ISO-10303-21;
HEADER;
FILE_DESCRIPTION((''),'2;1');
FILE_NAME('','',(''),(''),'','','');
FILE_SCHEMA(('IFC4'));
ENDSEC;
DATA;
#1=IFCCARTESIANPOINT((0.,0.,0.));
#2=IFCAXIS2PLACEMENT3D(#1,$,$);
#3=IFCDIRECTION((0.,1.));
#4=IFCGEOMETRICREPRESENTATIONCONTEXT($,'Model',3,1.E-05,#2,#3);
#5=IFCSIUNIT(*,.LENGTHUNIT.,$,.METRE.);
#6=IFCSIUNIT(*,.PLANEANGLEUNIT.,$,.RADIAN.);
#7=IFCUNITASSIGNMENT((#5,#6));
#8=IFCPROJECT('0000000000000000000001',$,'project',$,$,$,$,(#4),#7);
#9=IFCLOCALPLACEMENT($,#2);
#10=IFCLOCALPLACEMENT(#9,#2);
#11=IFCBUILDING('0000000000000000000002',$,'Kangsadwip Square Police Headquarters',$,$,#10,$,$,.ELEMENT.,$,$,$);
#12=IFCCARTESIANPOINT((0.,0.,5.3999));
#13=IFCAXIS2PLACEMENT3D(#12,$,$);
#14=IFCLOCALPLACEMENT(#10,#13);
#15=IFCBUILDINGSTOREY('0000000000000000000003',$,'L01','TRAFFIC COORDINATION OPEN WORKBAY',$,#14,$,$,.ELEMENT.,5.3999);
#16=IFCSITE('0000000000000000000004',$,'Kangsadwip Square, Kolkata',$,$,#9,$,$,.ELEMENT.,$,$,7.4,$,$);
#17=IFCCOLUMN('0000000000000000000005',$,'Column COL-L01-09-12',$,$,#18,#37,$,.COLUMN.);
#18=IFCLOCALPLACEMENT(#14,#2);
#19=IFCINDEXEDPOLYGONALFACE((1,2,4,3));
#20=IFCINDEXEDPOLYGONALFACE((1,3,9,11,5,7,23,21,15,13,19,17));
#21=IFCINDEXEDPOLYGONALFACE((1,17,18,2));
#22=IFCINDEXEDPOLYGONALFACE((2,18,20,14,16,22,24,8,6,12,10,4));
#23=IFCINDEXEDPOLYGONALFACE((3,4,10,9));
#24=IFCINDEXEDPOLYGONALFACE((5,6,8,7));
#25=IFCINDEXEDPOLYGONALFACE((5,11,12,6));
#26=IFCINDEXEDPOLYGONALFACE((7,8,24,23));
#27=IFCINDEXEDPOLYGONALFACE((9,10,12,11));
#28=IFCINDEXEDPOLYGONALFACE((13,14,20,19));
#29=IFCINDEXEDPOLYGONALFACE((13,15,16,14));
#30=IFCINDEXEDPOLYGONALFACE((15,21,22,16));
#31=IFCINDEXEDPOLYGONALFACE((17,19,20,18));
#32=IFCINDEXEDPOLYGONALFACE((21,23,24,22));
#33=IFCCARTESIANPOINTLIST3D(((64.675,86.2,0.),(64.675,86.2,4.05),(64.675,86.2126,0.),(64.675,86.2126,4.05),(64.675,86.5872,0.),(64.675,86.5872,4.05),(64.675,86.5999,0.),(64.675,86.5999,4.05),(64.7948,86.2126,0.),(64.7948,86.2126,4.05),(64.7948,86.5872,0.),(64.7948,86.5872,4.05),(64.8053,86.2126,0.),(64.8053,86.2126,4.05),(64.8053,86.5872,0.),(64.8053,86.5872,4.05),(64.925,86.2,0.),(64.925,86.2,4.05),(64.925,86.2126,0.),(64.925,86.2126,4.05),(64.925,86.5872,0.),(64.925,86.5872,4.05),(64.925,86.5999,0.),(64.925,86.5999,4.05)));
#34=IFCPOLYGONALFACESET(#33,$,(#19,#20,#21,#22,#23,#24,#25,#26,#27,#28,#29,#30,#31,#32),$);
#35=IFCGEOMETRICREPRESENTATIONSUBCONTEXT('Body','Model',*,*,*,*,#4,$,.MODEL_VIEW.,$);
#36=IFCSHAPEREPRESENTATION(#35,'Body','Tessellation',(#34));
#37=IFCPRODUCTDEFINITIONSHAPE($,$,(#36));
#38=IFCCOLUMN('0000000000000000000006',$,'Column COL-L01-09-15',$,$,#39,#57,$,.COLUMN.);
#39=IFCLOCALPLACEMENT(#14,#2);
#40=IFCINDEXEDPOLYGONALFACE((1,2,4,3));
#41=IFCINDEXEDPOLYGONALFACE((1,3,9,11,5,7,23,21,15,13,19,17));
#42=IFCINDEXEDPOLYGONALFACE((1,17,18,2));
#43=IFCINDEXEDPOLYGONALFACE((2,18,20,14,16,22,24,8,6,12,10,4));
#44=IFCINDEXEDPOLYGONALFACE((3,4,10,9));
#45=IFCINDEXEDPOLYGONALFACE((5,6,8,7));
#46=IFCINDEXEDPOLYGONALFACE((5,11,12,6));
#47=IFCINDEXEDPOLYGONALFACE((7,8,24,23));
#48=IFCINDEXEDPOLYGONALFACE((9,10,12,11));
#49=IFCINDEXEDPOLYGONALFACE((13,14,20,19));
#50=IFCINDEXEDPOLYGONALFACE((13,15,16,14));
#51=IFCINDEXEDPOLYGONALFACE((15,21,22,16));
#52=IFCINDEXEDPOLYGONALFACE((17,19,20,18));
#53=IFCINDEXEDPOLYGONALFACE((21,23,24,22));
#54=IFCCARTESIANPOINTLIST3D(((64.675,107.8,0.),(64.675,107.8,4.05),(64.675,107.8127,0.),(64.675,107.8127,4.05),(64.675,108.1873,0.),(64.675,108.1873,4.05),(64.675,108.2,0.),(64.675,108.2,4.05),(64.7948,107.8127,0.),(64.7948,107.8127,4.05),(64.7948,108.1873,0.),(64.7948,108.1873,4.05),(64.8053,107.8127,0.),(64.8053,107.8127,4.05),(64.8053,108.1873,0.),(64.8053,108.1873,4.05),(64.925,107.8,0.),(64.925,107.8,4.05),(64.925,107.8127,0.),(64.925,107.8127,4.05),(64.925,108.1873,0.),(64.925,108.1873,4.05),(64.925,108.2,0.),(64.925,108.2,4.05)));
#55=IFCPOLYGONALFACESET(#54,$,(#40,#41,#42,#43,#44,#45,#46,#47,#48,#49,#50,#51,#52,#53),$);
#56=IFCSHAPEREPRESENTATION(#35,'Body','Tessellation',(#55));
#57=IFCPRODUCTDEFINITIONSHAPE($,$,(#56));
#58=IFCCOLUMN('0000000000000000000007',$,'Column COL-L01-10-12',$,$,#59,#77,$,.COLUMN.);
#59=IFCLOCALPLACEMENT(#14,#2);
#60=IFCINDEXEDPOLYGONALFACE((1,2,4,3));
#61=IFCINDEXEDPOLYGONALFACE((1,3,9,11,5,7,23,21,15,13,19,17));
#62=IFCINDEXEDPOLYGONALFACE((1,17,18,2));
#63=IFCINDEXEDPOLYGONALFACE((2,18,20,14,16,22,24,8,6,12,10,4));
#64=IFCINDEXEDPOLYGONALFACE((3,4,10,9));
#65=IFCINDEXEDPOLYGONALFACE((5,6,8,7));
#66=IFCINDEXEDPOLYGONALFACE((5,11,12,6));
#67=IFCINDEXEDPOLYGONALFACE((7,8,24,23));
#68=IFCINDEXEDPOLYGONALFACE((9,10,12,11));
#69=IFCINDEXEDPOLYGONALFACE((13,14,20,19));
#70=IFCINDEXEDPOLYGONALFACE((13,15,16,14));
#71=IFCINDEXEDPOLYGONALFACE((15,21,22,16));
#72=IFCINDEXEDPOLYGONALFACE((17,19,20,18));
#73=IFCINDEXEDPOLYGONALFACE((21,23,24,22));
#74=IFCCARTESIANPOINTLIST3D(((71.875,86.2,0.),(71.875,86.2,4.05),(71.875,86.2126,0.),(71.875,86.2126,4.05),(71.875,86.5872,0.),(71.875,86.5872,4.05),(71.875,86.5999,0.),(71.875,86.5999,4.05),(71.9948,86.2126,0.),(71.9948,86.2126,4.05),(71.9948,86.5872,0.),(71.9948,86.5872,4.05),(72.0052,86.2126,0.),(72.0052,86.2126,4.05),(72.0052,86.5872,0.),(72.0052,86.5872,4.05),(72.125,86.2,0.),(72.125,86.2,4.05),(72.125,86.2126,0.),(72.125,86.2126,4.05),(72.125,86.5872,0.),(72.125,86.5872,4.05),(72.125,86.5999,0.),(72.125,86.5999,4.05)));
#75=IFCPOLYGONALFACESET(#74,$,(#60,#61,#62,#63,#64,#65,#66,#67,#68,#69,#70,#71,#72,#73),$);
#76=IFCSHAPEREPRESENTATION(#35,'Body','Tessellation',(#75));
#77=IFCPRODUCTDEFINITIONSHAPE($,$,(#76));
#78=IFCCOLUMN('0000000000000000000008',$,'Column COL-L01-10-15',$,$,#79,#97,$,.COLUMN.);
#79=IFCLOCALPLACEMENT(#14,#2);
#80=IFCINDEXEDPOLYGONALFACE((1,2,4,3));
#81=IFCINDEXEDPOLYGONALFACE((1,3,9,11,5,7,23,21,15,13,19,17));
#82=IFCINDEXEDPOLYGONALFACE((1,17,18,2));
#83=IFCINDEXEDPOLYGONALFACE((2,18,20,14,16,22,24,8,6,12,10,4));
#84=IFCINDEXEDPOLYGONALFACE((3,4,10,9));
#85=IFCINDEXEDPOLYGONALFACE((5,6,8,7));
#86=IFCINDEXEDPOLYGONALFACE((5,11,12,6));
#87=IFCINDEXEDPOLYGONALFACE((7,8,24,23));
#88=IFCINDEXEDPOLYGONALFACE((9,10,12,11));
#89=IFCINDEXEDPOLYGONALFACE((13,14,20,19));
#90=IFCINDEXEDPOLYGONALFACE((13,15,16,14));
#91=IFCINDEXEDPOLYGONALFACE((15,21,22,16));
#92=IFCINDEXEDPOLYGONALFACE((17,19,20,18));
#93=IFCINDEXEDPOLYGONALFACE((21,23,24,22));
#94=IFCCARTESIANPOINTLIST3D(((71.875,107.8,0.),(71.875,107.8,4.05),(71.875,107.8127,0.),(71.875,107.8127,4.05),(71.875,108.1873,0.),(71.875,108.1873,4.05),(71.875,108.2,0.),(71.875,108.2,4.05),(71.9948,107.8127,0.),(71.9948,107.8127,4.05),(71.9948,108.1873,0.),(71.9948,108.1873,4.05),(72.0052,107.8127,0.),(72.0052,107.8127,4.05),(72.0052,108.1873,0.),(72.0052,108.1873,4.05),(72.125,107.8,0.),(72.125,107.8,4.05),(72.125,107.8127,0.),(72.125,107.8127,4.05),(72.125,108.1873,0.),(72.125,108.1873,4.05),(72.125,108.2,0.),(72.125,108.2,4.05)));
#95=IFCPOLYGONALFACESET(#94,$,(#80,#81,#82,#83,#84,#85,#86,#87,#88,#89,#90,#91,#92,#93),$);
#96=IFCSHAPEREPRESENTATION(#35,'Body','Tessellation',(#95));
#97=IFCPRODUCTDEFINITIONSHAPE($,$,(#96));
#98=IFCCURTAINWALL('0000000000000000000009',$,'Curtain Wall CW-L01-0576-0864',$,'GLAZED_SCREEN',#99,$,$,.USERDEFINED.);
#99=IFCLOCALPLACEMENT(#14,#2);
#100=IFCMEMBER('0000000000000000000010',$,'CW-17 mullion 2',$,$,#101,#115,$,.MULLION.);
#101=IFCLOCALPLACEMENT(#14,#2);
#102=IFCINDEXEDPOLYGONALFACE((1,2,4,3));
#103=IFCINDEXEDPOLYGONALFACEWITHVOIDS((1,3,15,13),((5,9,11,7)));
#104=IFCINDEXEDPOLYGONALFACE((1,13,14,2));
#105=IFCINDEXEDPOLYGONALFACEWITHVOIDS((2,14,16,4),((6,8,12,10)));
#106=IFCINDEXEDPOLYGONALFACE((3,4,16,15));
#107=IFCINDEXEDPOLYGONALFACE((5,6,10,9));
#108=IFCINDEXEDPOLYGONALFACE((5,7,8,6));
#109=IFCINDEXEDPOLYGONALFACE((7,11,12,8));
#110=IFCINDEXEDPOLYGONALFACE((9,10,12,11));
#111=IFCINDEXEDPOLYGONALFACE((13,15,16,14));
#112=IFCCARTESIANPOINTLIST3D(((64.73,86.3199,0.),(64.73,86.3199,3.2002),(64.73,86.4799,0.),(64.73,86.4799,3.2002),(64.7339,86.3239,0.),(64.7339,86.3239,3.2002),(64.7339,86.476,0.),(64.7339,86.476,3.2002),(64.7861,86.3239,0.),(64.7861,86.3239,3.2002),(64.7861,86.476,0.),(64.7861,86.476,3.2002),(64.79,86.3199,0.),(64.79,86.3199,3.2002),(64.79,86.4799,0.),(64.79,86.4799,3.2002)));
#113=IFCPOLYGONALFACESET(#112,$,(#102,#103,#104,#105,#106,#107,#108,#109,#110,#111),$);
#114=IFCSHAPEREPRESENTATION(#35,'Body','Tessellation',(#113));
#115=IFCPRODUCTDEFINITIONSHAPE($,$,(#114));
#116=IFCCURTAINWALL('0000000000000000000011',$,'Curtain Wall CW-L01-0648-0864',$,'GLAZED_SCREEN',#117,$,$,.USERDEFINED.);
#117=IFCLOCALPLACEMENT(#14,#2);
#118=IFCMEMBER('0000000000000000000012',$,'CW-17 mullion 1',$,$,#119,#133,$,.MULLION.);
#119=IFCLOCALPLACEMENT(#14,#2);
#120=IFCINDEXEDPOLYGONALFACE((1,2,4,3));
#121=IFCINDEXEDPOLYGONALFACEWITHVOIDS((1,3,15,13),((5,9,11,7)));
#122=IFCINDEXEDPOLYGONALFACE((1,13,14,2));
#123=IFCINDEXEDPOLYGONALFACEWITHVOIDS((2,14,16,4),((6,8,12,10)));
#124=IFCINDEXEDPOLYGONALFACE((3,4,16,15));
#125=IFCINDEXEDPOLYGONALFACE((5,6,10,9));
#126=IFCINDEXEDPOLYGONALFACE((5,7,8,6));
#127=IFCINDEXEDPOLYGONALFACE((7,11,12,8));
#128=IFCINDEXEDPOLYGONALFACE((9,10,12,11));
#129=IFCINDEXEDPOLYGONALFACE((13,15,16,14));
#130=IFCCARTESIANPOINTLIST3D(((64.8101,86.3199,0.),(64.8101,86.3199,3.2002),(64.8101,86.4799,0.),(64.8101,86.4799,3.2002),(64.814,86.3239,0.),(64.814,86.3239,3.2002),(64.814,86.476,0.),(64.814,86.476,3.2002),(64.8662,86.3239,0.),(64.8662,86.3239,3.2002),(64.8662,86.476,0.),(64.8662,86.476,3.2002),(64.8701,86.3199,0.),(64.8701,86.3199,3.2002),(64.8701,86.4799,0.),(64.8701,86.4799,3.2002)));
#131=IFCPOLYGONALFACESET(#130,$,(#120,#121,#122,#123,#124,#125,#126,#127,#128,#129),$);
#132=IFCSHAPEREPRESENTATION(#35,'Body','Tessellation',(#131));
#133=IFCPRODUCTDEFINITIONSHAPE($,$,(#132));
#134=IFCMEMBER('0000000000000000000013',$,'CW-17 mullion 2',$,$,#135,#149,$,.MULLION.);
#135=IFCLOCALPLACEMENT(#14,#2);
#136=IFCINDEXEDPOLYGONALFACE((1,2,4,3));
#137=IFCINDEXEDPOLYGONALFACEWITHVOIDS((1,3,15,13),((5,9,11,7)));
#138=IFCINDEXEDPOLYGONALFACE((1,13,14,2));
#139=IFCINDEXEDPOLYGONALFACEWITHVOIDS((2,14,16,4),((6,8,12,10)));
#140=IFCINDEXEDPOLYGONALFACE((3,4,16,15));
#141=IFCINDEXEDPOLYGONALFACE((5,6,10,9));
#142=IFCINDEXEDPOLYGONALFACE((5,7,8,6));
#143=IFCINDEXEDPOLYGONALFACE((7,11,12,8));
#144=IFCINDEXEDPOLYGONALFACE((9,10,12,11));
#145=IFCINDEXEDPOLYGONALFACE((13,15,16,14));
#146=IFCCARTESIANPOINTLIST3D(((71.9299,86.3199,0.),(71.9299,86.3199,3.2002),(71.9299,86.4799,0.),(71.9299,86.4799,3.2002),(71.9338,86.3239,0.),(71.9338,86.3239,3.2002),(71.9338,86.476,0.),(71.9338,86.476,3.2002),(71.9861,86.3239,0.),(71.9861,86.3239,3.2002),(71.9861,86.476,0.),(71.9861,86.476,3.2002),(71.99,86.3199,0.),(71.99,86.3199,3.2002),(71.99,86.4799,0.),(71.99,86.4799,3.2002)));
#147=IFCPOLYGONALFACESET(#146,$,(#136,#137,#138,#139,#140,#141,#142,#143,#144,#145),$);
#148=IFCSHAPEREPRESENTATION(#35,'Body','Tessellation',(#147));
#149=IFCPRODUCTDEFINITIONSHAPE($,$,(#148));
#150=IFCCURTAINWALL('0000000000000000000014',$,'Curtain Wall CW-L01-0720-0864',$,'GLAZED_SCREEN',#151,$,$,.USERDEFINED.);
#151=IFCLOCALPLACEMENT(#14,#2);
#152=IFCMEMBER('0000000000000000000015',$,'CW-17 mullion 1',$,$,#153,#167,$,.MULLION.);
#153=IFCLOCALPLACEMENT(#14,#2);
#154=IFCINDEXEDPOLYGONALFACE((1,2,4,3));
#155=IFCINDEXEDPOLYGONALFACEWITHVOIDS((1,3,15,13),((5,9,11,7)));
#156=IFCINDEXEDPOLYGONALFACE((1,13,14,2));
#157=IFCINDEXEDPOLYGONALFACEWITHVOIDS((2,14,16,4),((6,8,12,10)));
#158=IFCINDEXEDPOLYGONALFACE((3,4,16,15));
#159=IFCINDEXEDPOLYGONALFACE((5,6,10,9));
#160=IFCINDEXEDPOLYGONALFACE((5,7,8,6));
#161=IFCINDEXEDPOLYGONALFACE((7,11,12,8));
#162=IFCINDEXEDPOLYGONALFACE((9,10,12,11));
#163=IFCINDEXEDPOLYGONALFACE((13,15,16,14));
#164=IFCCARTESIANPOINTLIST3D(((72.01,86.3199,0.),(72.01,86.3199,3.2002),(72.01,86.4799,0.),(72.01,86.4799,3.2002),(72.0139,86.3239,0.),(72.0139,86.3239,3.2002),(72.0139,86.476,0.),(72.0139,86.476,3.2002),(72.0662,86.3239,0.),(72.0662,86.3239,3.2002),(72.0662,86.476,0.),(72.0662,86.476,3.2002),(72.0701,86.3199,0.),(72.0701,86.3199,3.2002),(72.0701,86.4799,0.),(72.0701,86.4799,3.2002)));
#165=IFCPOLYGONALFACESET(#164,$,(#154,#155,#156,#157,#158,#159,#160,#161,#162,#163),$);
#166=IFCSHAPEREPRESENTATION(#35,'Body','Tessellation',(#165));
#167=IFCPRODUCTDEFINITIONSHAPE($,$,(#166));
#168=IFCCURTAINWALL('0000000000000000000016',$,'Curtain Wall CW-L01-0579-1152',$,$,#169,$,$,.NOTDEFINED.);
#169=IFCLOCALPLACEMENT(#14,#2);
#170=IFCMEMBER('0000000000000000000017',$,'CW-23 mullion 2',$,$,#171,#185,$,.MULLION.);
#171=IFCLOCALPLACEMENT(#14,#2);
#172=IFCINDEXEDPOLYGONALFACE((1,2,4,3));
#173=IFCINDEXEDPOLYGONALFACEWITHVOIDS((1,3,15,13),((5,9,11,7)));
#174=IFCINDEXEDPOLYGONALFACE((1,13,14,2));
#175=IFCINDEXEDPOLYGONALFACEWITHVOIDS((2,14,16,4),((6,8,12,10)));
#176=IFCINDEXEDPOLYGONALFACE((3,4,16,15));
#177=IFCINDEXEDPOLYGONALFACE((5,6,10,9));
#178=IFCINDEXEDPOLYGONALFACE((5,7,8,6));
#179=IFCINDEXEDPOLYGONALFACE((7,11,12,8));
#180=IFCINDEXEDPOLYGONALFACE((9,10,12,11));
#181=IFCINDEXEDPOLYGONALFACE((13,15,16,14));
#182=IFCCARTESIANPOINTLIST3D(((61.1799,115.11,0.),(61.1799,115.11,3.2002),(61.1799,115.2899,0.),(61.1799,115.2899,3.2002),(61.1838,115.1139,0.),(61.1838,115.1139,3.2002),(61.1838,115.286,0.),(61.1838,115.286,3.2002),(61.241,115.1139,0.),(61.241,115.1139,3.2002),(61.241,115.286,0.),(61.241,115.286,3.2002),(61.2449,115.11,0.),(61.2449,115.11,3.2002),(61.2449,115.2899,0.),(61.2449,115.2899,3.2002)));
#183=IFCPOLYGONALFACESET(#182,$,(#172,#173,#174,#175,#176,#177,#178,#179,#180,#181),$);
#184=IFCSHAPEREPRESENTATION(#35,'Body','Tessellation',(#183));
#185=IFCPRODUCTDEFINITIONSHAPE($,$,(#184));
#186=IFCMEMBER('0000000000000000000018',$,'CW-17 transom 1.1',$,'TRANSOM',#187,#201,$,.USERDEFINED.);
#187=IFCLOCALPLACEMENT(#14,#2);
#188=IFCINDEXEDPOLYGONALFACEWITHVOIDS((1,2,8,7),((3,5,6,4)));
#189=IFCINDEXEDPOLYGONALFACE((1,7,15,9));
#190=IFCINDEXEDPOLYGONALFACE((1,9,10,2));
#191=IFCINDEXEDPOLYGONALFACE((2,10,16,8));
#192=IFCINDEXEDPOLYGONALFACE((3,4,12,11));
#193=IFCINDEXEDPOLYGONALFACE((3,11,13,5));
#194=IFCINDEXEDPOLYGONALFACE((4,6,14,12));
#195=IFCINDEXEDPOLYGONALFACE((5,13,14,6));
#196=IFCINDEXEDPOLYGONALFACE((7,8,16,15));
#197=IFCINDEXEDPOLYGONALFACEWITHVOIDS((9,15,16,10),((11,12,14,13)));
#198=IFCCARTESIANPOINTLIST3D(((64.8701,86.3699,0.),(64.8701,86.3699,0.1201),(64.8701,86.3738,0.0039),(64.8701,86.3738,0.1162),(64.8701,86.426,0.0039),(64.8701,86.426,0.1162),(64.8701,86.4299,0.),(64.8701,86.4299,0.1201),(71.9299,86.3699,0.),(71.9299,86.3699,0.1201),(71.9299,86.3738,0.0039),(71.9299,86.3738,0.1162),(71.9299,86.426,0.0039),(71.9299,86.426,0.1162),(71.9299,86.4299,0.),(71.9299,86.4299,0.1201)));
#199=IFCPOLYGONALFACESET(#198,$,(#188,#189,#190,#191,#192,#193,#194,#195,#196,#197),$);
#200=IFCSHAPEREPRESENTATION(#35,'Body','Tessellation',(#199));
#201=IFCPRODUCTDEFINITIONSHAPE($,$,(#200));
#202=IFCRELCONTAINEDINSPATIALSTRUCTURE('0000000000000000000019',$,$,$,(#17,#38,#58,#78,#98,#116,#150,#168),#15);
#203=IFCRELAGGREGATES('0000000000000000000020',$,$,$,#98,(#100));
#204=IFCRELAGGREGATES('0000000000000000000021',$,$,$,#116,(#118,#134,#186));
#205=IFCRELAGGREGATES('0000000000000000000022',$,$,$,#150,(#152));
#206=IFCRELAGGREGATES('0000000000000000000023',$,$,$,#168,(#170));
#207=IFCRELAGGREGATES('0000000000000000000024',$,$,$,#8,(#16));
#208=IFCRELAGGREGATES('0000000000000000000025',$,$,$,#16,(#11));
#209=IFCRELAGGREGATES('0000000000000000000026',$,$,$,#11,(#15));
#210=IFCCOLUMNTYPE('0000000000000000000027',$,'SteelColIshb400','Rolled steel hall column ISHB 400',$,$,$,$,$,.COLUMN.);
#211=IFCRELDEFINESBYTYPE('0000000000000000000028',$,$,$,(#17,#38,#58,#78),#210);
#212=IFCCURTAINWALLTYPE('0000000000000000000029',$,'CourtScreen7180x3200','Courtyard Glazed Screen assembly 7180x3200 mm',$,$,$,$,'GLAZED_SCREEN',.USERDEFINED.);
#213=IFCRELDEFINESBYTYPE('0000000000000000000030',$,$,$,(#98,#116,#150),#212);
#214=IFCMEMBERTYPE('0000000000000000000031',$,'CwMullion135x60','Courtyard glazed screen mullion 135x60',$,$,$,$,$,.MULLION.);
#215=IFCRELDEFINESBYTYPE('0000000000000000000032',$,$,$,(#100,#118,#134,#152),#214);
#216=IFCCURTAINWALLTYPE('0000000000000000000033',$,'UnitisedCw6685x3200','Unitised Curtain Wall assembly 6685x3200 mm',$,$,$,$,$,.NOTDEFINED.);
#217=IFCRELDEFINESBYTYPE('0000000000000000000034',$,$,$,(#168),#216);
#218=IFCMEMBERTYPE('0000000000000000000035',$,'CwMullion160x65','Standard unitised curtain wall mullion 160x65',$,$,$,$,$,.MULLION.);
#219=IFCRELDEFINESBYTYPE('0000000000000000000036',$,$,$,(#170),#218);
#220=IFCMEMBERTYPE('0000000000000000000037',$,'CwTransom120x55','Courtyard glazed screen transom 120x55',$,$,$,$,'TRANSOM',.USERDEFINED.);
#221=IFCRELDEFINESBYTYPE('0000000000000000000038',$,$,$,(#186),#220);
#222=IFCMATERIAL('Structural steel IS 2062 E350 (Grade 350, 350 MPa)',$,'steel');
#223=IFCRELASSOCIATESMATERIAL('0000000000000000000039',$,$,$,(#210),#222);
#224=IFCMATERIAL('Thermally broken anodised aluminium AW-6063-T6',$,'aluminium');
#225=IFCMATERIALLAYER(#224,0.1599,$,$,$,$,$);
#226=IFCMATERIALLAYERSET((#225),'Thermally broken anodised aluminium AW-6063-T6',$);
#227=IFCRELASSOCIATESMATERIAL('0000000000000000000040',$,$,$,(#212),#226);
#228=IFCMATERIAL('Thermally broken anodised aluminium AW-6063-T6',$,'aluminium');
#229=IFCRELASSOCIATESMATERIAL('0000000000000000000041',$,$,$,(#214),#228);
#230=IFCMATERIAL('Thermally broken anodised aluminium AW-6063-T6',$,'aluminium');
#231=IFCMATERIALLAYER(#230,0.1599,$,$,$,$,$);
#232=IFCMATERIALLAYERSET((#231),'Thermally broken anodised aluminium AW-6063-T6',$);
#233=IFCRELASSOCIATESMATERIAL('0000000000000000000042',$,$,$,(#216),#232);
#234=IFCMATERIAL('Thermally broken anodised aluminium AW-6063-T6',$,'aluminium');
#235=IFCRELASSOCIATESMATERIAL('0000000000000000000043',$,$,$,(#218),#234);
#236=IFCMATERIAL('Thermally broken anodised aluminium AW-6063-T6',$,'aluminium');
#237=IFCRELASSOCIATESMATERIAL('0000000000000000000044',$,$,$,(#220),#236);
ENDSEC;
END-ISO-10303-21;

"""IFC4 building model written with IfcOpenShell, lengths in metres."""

from ifc_helpers import new_model, si_unit, direction, frame, origin, origin_2d, place, context, subcontext, project, spatial, hollow_rectangle, i_section, extrude, material, layer, layer_set, material_profile, profile_set, type_object, element, aggregate, save


model = new_model("IFC4")

# Units and contexts
model_context = context("Model", 3, precision=1e-05, world=origin(), true_north=direction((0.0, 1.0)))
body_context = subcontext(model_context, "Body", "Model", "MODEL_VIEW")
ifc_project = project(units=[si_unit("LENGTHUNIT", "METRE"), si_unit("PLANEANGLEUNIT", "RADIAN")], contexts=[model_context])

# Site, building, storey
site_placement = place(None, origin())
site = spatial("IfcSite", under=ifc_project, at=site_placement, Name="Kangsadwip Square, Kolkata", CompositionType="ELEMENT", RefElevation=7.4)
building_placement = place(site_placement, origin())
building = spatial("IfcBuilding", under=site, at=building_placement, Name="Kangsadwip Square Police Headquarters", CompositionType="ELEMENT")
storey_placement = place(building_placement, frame((0.0, 0.0, 5.3999)))
storey = spatial("IfcBuildingStorey", under=building, at=storey_placement, Name="L01", Description="TRAFFIC COORDINATION OPEN WORKBAY", CompositionType="ELEMENT", Elevation=5.3999)

# Columns
ifc_material_1 = material(Name="Structural steel IS 2062 E350 (Grade 350, 350 MPa)", Category="steel")
ifc_material_profile_1 = material_profile(ifc_material_1, i_section(OverallWidth=0.25, OverallDepth=0.3999, WebThickness=0.0105, FlangeThickness=0.0127, at=origin_2d()), Name="ISHB 400")
ifc_profile_set_1 = profile_set([ifc_material_profile_1], Name="Structural steel IS 2062 E350 (Grade 350, 350 MPa)")
column_type = type_object("IfcColumnType", Name="SteelColIshb400", Description="Rolled steel hall column ISHB 400", PredefinedType="COLUMN", material=ifc_profile_set_1)
for number, where, z_axis, x_axis, name in (
    (1, (64.8, 86.3999, 0.0), (0.0, 0.0, 1.0), (1.0, 0.0, 0.0), "Column COL-L01-09-12"),
    (2, (64.8, 108.0, 0.0), (0.0, 0.0, 1.0), (1.0, 0.0, 0.0), "Column COL-L01-09-15"),
    (3, (72.0, 86.3999, 0.0), (0.0, 0.0, 1.0), (1.0, 0.0, 0.0), "Column COL-L01-10-12"),
    (4, (72.0, 108.0, 0.0), (0.0, 0.0, 1.0), (1.0, 0.0, 0.0), "Column COL-L01-10-15"),
):
    element("IfcColumn", number, at=place(storey_placement, frame(where, z_axis=z_axis, x_axis=x_axis)), inside=storey, type_object=column_type, Name=name, PredefinedType="COLUMN", context=body_context, shape_type="SweptSolid", body=[
        extrude(i_section(OverallWidth=0.25, OverallDepth=0.3999, WebThickness=0.0105, FlangeThickness=0.0127, at=origin_2d()), origin(), (0.0, 0.0, 1.0), 4.05),
    ])

# Curtain wall, member
ifc_material_2 = material(Name="Thermally broken anodised aluminium AW-6063-T6", Category="aluminium")
ifc_layer_1 = layer(ifc_material_2, 0.1599)
ifc_layer_set_1 = layer_set([ifc_layer_1], Name="Thermally broken anodised aluminium AW-6063-T6")
curtain_wall_type_1 = type_object("IfcCurtainWallType", Name="CourtScreen7180x3200", Description="Courtyard Glazed Screen assembly 7180x3200 mm", ElementType="GLAZED_SCREEN", PredefinedType="USERDEFINED", material=ifc_layer_set_1)
curtain_wall_1_placement = place(storey_placement, origin())
curtain_wall_1 = element("IfcCurtainWall", 5, at=curtain_wall_1_placement, inside=storey, type_object=curtain_wall_type_1, Name="Curtain Wall CW-L01-0576-0864", ObjectType="GLAZED_SCREEN", PredefinedType="USERDEFINED")
ifc_material_3 = material(Name="Thermally broken anodised aluminium AW-6063-T6", Category="aluminium")
ifc_material_profile_2 = material_profile(ifc_material_3, hollow_rectangle(XDim=0.0601, YDim=0.1599, WallThickness=0.0039, at=origin_2d()), Name="CWM 160X60X4")
ifc_profile_set_2 = profile_set([ifc_material_profile_2], Name="Thermally broken anodised aluminium AW-6063-T6")
member_type_1 = type_object("IfcMemberType", Name="CwMullion135x60", Description="Courtyard glazed screen mullion 135x60", PredefinedType="MULLION", material=ifc_profile_set_2)
member_1_placement = place(storey_placement, frame((64.76, 86.3999, 0.0), z_axis=(0.0, 0.0, 1.0), x_axis=(1.0, 0.0, 0.0)))
member_1 = element("IfcMember", 6, at=member_1_placement, type_object=member_type_1, Name="CW-17 mullion 2", PredefinedType="MULLION", context=body_context, shape_type="SweptSolid", body=[
    extrude(hollow_rectangle(XDim=0.0601, YDim=0.1599, WallThickness=0.0039, at=origin_2d()), origin(), (0.0, 0.0, 1.0), 3.2002),
])
aggregate(curtain_wall_1, [member_1])

# Curtain wall, members
curtain_wall_2_placement = place(storey_placement, origin())
curtain_wall_2 = element("IfcCurtainWall", 7, at=curtain_wall_2_placement, inside=storey, type_object=curtain_wall_type_1, Name="Curtain Wall CW-L01-0648-0864", ObjectType="GLAZED_SCREEN", PredefinedType="USERDEFINED")
member_2_placement = place(storey_placement, frame((64.8401, 86.3999, 0.0), z_axis=(0.0, 0.0, 1.0), x_axis=(1.0, 0.0, 0.0)))
member_2 = element("IfcMember", 8, at=member_2_placement, type_object=member_type_1, Name="CW-17 mullion 1", PredefinedType="MULLION", context=body_context, shape_type="SweptSolid", body=[
    extrude(hollow_rectangle(XDim=0.0601, YDim=0.1599, WallThickness=0.0039, at=origin_2d()), origin(), (0.0, 0.0, 1.0), 3.2002),
])
member_3_placement = place(storey_placement, frame((71.96, 86.3999, 0.0), z_axis=(0.0, 0.0, 1.0), x_axis=(1.0, 0.0, 0.0)))
member_3 = element("IfcMember", 9, at=member_3_placement, type_object=member_type_1, Name="CW-17 mullion 2", PredefinedType="MULLION", context=body_context, shape_type="SweptSolid", body=[
    extrude(hollow_rectangle(XDim=0.0601, YDim=0.1599, WallThickness=0.0039, at=origin_2d()), origin(), (0.0, 0.0, 1.0), 3.2002),
])

# Curtain walls, members
curtain_wall_3_placement = place(storey_placement, origin())
curtain_wall_3 = element("IfcCurtainWall", 10, at=curtain_wall_3_placement, inside=storey, type_object=curtain_wall_type_1, Name="Curtain Wall CW-L01-0720-0864", ObjectType="GLAZED_SCREEN", PredefinedType="USERDEFINED")
member_4_placement = place(storey_placement, frame((72.04, 86.3999, 0.0), z_axis=(0.0, 0.0, 1.0), x_axis=(1.0, 0.0, 0.0)))
member_4 = element("IfcMember", 11, at=member_4_placement, type_object=member_type_1, Name="CW-17 mullion 1", PredefinedType="MULLION", context=body_context, shape_type="SweptSolid", body=[
    extrude(hollow_rectangle(XDim=0.0601, YDim=0.1599, WallThickness=0.0039, at=origin_2d()), origin(), (0.0, 0.0, 1.0), 3.2002),
])
ifc_material_4 = material(Name="Thermally broken anodised aluminium AW-6063-T6", Category="aluminium")
ifc_layer_2 = layer(ifc_material_4, 0.1599)
ifc_layer_set_2 = layer_set([ifc_layer_2], Name="Thermally broken anodised aluminium AW-6063-T6")
curtain_wall_type_2 = type_object("IfcCurtainWallType", Name="UnitisedCw6685x3200", Description="Unitised Curtain Wall assembly 6685x3200 mm", PredefinedType="NOTDEFINED", material=ifc_layer_set_2)
curtain_wall_4_placement = place(storey_placement, origin())
curtain_wall_4 = element("IfcCurtainWall", 12, at=curtain_wall_4_placement, inside=storey, type_object=curtain_wall_type_2, Name="Curtain Wall CW-L01-0579-1152", PredefinedType="NOTDEFINED")
ifc_material_5 = material(Name="Thermally broken anodised aluminium AW-6063-T6", Category="aluminium")
ifc_material_profile_3 = material_profile(ifc_material_5, hollow_rectangle(XDim=0.0649, YDim=0.1799, WallThickness=0.0039, at=origin_2d()), Name="CWM 180X65X4")
ifc_profile_set_3 = profile_set([ifc_material_profile_3], Name="Thermally broken anodised aluminium AW-6063-T6")
member_type_2 = type_object("IfcMemberType", Name="CwMullion160x65", Description="Standard unitised curtain wall mullion 160x65", PredefinedType="MULLION", material=ifc_profile_set_3)
member_5_placement = place(storey_placement, frame((61.2124, 115.2, 0.0), z_axis=(0.0, 0.0, 1.0), x_axis=(1.0, 0.0, 0.0)))
member_5 = element("IfcMember", 13, at=member_5_placement, type_object=member_type_2, Name="CW-23 mullion 2", PredefinedType="MULLION", context=body_context, shape_type="SweptSolid", body=[
    extrude(hollow_rectangle(XDim=0.0649, YDim=0.1799, WallThickness=0.0039, at=origin_2d()), origin(), (0.0, 0.0, 1.0), 3.2002),
])

# Member
ifc_material_6 = material(Name="Thermally broken anodised aluminium AW-6063-T6", Category="aluminium")
ifc_material_profile_4 = material_profile(ifc_material_6, hollow_rectangle(XDim=0.0601, YDim=0.1201, WallThickness=0.0039, at=origin_2d()), Name="CWT 120X60X4")
ifc_profile_set_4 = profile_set([ifc_material_profile_4], Name="Thermally broken anodised aluminium AW-6063-T6")
member_type_3 = type_object("IfcMemberType", Name="CwTransom120x55", Description="Courtyard glazed screen transom 120x55", ElementType="TRANSOM", PredefinedType="USERDEFINED", material=ifc_profile_set_4)
member_6_placement = place(storey_placement, frame((64.8701, 86.3999, 0.0601), z_axis=(1.0, 0.0, 0.0), x_axis=(0.0, 1.0, 0.0)))
member_6 = element("IfcMember", 14, at=member_6_placement, type_object=member_type_3, Name="CW-17 transom 1.1", ObjectType="TRANSOM", PredefinedType="USERDEFINED", context=body_context, shape_type="SweptSolid", body=[
    extrude(hollow_rectangle(XDim=0.0601, YDim=0.1201, WallThickness=0.0039, at=origin_2d()), origin(), (0.0, 0.0, 1.0), 7.0598),
])

aggregate(curtain_wall_2, [member_2, member_3, member_6])
aggregate(curtain_wall_3, [member_4])
aggregate(curtain_wall_4, [member_5])

save(model, "model.ifc")
